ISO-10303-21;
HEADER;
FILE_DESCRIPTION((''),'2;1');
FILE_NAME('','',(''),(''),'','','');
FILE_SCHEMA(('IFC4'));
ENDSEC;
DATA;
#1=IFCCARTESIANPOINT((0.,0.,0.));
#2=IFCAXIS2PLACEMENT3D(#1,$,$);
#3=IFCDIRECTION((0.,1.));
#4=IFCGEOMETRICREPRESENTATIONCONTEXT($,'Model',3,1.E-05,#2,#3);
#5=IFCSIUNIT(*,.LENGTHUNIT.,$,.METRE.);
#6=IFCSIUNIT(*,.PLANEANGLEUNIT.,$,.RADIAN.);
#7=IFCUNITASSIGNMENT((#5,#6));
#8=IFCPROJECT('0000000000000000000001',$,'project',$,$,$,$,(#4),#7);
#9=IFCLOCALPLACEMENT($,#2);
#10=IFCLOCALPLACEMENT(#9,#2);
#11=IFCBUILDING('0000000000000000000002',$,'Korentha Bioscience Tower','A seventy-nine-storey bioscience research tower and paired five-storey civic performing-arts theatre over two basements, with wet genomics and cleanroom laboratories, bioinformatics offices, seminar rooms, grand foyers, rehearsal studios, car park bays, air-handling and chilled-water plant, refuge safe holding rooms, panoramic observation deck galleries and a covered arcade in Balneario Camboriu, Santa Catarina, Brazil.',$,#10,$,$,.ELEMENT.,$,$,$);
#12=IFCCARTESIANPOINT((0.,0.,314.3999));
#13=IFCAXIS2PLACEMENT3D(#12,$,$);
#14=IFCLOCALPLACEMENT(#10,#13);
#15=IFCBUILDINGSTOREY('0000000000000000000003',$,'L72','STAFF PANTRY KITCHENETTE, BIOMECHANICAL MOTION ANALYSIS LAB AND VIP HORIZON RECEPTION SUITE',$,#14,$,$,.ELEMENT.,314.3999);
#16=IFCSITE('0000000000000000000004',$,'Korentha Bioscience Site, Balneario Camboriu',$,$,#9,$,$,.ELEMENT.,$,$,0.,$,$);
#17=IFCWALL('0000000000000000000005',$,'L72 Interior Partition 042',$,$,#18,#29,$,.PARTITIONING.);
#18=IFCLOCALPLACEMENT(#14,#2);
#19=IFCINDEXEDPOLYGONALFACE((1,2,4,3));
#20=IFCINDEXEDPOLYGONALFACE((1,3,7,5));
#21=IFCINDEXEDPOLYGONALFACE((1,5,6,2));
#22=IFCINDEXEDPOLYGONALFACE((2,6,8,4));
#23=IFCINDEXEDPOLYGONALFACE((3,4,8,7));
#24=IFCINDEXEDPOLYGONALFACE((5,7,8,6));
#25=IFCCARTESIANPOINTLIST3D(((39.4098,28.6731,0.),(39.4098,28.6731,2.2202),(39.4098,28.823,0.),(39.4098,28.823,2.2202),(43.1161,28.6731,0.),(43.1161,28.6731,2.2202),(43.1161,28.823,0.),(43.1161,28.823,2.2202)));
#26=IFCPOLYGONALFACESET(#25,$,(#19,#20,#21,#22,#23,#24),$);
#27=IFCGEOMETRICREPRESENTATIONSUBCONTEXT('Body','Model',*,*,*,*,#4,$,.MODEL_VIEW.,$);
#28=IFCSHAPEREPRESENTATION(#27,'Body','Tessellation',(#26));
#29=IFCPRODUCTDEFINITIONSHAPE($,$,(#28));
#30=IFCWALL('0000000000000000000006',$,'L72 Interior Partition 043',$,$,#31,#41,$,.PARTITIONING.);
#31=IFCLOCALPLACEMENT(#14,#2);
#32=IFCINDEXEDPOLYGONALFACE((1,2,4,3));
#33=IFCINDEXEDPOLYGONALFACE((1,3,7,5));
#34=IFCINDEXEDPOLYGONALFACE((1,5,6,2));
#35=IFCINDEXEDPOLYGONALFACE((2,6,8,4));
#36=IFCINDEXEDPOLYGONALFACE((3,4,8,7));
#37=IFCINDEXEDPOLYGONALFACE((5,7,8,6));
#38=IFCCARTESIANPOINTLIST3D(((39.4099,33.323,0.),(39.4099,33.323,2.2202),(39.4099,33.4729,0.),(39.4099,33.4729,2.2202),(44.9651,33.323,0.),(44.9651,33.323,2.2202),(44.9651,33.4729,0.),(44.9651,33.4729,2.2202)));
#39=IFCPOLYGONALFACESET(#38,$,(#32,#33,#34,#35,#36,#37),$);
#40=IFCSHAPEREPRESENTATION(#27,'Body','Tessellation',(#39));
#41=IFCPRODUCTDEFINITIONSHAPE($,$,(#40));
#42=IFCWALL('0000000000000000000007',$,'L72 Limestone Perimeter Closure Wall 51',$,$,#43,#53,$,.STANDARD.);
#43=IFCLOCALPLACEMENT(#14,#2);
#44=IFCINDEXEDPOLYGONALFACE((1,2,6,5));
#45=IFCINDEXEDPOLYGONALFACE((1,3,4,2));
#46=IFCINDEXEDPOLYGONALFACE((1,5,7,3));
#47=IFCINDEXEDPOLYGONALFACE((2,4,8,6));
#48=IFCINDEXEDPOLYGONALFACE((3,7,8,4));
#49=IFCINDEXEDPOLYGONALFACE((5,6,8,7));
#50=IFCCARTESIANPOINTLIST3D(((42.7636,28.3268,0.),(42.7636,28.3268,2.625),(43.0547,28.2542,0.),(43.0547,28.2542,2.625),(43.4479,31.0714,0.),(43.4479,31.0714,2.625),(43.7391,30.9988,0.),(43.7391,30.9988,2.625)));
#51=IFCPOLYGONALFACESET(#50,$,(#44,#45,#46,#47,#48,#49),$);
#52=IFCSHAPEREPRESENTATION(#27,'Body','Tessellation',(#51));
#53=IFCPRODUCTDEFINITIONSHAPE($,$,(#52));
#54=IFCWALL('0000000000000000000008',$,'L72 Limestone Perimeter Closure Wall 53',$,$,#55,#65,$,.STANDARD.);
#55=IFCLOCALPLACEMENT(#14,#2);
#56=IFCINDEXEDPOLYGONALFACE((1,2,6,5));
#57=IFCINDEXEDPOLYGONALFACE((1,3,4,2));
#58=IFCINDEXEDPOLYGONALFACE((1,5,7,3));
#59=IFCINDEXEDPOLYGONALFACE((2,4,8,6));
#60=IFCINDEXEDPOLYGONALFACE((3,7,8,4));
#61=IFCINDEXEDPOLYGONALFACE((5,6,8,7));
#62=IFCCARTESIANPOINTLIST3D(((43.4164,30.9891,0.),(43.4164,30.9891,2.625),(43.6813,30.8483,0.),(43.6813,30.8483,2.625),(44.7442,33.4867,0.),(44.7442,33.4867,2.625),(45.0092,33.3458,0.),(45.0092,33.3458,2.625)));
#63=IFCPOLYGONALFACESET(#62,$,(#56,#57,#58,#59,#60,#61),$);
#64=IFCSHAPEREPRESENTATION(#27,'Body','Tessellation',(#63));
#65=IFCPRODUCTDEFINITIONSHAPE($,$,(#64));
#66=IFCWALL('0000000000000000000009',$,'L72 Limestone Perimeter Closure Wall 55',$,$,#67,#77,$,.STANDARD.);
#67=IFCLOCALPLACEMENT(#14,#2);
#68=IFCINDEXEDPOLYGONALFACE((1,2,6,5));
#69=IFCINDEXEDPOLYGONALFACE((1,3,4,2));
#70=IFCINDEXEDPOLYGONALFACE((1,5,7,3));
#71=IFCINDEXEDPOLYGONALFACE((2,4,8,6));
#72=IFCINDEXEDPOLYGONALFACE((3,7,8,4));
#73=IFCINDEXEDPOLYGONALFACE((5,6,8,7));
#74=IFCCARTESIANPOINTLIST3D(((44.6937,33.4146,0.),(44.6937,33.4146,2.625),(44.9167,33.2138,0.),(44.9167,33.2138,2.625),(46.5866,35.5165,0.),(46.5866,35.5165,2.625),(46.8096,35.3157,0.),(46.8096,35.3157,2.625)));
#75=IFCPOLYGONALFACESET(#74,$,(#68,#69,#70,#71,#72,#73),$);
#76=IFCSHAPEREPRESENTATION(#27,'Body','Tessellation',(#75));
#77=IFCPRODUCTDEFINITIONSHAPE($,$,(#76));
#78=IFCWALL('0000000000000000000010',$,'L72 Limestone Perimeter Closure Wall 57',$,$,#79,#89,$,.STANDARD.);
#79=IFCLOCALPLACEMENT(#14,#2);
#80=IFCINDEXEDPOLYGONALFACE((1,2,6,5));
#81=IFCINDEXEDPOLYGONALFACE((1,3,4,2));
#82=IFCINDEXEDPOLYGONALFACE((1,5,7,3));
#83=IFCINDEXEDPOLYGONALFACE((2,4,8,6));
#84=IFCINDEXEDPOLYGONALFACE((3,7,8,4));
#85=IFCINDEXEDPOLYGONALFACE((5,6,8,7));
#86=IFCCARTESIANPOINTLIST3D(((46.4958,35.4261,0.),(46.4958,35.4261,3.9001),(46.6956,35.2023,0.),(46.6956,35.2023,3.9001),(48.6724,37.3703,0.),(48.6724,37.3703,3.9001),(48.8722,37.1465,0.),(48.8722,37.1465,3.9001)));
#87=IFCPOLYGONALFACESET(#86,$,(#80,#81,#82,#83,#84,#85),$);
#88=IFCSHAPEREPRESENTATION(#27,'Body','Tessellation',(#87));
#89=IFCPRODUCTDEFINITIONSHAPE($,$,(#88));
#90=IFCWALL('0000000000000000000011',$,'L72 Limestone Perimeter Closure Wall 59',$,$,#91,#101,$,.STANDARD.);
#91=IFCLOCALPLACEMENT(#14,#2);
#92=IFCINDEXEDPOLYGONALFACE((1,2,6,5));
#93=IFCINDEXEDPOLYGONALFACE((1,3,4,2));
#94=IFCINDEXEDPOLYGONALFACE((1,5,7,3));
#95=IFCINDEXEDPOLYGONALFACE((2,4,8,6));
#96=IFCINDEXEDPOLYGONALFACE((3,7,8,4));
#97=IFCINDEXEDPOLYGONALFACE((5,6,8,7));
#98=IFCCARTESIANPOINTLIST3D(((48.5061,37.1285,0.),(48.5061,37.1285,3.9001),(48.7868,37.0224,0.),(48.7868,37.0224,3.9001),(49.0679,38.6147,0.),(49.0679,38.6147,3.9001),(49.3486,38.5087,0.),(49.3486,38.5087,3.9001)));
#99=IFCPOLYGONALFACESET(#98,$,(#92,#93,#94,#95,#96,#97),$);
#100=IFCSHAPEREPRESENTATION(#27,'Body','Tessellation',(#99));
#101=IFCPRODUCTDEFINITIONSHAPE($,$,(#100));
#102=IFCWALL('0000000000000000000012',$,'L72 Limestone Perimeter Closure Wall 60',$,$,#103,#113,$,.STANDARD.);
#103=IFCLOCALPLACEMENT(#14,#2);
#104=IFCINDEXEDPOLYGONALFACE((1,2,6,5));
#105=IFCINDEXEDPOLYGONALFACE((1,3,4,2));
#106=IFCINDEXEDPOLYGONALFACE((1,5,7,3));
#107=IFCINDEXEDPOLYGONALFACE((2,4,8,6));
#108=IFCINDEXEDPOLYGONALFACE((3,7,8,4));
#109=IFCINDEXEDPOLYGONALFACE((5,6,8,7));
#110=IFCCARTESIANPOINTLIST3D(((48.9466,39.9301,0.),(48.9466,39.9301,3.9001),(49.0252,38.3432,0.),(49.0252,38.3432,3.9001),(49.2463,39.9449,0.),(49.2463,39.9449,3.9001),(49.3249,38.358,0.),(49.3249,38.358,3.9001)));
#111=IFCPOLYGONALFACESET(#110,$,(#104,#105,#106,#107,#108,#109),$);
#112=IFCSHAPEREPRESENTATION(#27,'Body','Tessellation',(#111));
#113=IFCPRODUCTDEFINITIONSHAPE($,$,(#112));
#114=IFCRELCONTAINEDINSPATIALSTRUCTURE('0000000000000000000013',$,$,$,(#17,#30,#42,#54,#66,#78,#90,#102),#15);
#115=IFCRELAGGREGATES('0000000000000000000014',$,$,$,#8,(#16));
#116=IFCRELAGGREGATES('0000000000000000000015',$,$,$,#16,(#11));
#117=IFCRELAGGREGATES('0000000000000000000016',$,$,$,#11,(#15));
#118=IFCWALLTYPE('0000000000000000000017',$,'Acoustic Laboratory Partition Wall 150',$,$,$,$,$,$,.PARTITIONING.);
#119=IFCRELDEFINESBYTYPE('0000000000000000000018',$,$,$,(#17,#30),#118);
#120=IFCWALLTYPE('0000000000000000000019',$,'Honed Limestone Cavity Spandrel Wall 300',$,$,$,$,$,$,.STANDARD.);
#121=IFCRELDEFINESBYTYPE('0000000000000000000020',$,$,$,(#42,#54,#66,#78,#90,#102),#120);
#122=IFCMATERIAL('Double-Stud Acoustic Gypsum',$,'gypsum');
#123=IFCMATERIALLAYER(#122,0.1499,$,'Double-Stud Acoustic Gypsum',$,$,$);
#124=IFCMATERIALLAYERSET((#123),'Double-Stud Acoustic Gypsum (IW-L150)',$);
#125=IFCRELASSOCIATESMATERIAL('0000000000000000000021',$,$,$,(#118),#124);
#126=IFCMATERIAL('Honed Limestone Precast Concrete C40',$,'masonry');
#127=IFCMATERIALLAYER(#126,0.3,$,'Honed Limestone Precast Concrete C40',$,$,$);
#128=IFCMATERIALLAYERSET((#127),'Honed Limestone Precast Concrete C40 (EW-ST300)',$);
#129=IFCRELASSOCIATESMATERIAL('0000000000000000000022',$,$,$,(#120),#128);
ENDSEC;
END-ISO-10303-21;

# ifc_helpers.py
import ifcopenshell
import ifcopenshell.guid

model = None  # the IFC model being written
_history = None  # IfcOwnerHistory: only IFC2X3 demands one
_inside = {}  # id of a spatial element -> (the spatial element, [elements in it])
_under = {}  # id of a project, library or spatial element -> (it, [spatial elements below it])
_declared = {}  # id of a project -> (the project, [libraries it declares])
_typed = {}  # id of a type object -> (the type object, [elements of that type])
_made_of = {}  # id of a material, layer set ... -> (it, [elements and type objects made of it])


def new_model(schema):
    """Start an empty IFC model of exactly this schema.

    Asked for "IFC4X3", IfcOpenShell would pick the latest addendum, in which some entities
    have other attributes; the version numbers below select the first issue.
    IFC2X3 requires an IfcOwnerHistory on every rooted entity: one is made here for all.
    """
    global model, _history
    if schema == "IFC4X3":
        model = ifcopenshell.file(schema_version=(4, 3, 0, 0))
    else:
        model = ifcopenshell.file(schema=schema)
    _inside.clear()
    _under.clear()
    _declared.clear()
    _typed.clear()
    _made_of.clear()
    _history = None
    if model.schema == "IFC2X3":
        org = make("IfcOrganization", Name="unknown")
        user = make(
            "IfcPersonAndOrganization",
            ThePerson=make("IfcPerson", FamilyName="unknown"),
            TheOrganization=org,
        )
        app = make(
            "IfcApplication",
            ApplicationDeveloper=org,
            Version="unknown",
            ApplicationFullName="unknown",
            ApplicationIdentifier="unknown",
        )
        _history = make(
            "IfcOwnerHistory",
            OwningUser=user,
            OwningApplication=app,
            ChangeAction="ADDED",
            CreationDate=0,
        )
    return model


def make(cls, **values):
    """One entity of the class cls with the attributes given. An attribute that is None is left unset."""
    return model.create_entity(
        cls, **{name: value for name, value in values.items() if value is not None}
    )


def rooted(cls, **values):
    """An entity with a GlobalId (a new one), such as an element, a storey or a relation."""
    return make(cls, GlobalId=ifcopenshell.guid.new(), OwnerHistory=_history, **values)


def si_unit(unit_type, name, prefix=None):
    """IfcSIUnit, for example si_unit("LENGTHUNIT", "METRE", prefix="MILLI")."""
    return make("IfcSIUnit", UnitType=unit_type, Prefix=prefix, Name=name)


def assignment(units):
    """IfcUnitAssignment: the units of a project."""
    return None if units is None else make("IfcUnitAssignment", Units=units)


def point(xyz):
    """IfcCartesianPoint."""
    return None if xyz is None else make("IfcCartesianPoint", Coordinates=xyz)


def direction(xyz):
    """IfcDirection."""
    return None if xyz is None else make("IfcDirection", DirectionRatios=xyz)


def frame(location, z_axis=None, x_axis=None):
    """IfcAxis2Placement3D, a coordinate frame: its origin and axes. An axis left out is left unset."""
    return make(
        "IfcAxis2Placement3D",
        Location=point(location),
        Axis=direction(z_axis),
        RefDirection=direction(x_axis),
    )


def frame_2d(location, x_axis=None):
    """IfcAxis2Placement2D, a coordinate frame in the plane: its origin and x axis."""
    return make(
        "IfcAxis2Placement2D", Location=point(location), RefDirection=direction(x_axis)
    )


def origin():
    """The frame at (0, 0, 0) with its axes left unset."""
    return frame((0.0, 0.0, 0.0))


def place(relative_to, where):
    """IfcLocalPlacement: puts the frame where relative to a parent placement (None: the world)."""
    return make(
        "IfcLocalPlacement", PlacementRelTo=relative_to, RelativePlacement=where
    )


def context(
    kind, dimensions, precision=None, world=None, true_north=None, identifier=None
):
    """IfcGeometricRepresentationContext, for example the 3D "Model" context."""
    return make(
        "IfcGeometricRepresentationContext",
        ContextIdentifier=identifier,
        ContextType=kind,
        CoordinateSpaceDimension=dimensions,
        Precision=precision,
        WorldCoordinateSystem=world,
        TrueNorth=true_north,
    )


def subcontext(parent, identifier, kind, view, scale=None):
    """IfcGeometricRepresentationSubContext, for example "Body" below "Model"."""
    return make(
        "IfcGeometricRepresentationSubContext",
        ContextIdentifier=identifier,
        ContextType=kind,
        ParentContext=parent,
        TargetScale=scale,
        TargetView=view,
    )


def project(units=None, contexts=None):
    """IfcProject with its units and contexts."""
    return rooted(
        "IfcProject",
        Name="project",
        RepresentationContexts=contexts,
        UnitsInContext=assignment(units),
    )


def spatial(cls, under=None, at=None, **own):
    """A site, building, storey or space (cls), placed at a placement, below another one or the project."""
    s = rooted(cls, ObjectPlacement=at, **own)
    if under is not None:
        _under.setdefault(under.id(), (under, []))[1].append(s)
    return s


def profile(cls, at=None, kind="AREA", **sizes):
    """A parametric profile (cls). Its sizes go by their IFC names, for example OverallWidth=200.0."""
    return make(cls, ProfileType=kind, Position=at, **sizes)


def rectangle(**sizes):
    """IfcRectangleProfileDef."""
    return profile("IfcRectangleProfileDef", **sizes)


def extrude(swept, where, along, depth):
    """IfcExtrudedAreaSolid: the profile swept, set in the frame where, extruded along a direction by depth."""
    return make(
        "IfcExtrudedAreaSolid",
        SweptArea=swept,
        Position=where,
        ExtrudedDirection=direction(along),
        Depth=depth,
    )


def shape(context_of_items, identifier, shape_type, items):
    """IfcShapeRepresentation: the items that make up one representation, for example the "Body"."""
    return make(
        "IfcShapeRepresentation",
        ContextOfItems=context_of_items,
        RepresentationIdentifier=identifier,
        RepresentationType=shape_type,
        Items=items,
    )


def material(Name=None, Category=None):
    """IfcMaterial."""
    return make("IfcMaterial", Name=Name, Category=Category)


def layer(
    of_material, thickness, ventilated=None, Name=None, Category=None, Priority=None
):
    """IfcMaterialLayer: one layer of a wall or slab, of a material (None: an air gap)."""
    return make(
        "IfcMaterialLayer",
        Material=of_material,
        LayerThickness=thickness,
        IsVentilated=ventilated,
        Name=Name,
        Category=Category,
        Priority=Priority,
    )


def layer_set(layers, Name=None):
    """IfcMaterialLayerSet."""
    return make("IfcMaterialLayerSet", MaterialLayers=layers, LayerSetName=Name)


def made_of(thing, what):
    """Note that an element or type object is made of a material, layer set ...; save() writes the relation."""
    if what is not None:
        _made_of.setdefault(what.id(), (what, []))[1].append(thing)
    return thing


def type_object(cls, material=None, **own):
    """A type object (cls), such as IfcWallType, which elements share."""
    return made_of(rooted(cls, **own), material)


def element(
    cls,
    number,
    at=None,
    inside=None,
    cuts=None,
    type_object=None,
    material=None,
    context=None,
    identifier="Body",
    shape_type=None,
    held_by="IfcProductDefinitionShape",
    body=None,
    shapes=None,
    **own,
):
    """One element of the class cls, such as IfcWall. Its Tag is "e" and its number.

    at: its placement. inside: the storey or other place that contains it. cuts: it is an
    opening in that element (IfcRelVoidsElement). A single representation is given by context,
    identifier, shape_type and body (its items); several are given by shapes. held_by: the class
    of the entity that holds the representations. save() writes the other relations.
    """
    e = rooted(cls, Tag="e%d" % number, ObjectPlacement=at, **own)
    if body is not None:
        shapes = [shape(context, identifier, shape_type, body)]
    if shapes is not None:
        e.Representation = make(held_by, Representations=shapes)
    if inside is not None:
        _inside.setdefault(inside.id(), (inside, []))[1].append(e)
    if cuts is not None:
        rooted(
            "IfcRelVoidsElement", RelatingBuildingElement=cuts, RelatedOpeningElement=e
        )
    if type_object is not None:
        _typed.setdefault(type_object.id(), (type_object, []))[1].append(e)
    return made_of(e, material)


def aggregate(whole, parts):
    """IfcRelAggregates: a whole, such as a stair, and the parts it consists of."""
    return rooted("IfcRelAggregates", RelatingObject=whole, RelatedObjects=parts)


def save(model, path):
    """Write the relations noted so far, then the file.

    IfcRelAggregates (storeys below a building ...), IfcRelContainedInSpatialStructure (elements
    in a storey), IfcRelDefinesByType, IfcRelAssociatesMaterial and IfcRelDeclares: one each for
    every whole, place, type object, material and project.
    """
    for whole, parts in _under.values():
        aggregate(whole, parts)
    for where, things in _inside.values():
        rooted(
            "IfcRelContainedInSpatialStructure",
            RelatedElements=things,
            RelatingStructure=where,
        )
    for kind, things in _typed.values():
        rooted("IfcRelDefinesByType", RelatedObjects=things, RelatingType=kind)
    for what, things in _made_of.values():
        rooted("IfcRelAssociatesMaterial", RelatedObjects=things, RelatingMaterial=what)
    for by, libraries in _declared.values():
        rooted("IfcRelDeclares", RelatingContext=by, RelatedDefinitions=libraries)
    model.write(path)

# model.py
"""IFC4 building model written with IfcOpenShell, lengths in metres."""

from ifc_helpers import new_model, si_unit, direction, frame, frame_2d, origin, place, context, subcontext, project, spatial, rectangle, extrude, material, layer, layer_set, type_object, element, save


model = new_model("IFC4")

# Units and contexts
model_context = context("Model", 3, precision=1e-05, world=origin(), true_north=direction((0.0, 1.0)))
body_context = subcontext(model_context, "Body", "Model", "MODEL_VIEW")
ifc_project = project(units=[si_unit("LENGTHUNIT", "METRE"), si_unit("PLANEANGLEUNIT", "RADIAN")], contexts=[model_context])

# Site, building, storey
site_placement = place(None, origin())
site = spatial("IfcSite", under=ifc_project, at=site_placement, Name="Korentha Bioscience Site, Balneario Camboriu", CompositionType="ELEMENT", RefElevation=0.0)
building_placement = place(site_placement, origin())
building = spatial("IfcBuilding", under=site, at=building_placement, Name="Korentha Bioscience Tower", Description="A seventy-nine-storey bioscience research tower and paired five-storey civic performing-arts theatre over two basements, with wet genomics and cleanroom laboratories, bioinformatics offices, seminar rooms, grand foyers, rehearsal studios, car park bays, air-handling and chilled-water plant, refuge safe holding rooms, panoramic observation deck galleries and a covered arcade in Balneario Camboriu, Santa Catarina, Brazil.", CompositionType="ELEMENT")
storey_placement = place(building_placement, frame((0.0, 0.0, 314.3999)))
storey = spatial("IfcBuildingStorey", under=building, at=storey_placement, Name="L72", Description="STAFF PANTRY KITCHENETTE, BIOMECHANICAL MOTION ANALYSIS LAB AND VIP HORIZON RECEPTION SUITE", CompositionType="ELEMENT", Elevation=314.3999)

# Shared definitions
ifc_material_1 = material(Name="Double-Stud Acoustic Gypsum", Category="gypsum")
ifc_layer_1 = layer(ifc_material_1, 0.1499, Name="Double-Stud Acoustic Gypsum")
ifc_layer_set_1 = layer_set([ifc_layer_1], Name="Double-Stud Acoustic Gypsum (IW-L150)")
wall_type_1 = type_object("IfcWallType", Name="Acoustic Laboratory Partition Wall 150", PredefinedType="PARTITIONING", material=ifc_layer_set_1)

# Walls
wall_1_placement = place(storey_placement, frame((39.4099, 28.748, 0.0), z_axis=(0.0, 0.0, 1.0), x_axis=(1.0, 0.0, 0.0)))
element("IfcWall", 1, at=wall_1_placement, inside=storey, type_object=wall_type_1, Name="L72 Interior Partition 042", PredefinedType="PARTITIONING", context=body_context, shape_type="SweptSolid", body=[
    extrude(rectangle(XDim=3.7063, YDim=0.1499, at=frame_2d((1.853, 0.0))), origin(), (0.0, 0.0, 1.0), 2.2202),
])
wall_2_placement = place(storey_placement, frame((39.4099, 33.3979, 0.0), z_axis=(0.0, 0.0, 1.0), x_axis=(1.0, 0.0, 0.0)))
element("IfcWall", 2, at=wall_2_placement, inside=storey, type_object=wall_type_1, Name="L72 Interior Partition 043", PredefinedType="PARTITIONING", context=body_context, shape_type="SweptSolid", body=[
    extrude(rectangle(XDim=5.5552, YDim=0.1499, at=frame_2d((2.7776, 0.0))), origin(), (0.0, 0.0, 1.0), 2.2202),
])
ifc_material_2 = material(Name="Honed Limestone Precast Concrete C40", Category="masonry")
ifc_layer_2 = layer(ifc_material_2, 0.3, Name="Honed Limestone Precast Concrete C40")
ifc_layer_set_2 = layer_set([ifc_layer_2], Name="Honed Limestone Precast Concrete C40 (EW-ST300)")
wall_type_2 = type_object("IfcWallType", Name="Honed Limestone Cavity Spandrel Wall 300", PredefinedType="STANDARD", material=ifc_layer_set_2)
for number, where, z_axis, x_axis, name in (
    (3, (42.9092, 28.2905, 0.0), (0.0, 0.0, 1.0), (0.241926, 0.970295, 0.0), "L72 Limestone Perimeter Closure Wall 51"),
    (4, (43.5488, 30.9187, 0.0), (0.0, 0.0, 1.0), (0.469445, 0.882961, 0.0), "L72 Limestone Perimeter Closure Wall 53"),
    (5, (44.8052, 33.3142, 0.0), (0.0, 0.0, 1.0), (0.669198, 0.743084, 0.0), "L72 Limestone Perimeter Closure Wall 55"),
):
    element("IfcWall", number, at=place(storey_placement, frame(where, z_axis=z_axis, x_axis=x_axis)), inside=storey, type_object=wall_type_2, Name=name, PredefinedType="STANDARD", context=body_context, shape_type="SweptSolid", body=[
        extrude(rectangle(XDim=2.8286, YDim=0.3, at=frame_2d((1.4143, 0.0))), origin(), (0.0, 0.0, 1.0), 2.625),
    ])
wall_3_placement = place(storey_placement, frame((46.5957, 35.3142, 0.0), z_axis=(0.0, 0.0, 1.0), x_axis=(0.745806, 0.666164, 0.0)))
element("IfcWall", 6, at=wall_3_placement, inside=storey, type_object=wall_type_2, Name="L72 Limestone Perimeter Closure Wall 57", PredefinedType="STANDARD", context=body_context, shape_type="SweptSolid", body=[
    extrude(rectangle(XDim=2.9185, YDim=0.3, at=frame_2d((1.4592, 0.0))), origin(), (0.0, 0.0, 1.0), 3.9001),
])
for number, where, z_axis, x_axis, name in (
    (7, (48.6465, 37.0754, 0.0), (0.0, 0.0, 1.0), (0.353547, 0.935417, 0.0), "L72 Limestone Perimeter Closure Wall 59"),
    (8, (49.175, 38.3506, 0.0), (0.0, 0.0, 1.0), (-0.049478, 0.998775, 0.0), "L72 Limestone Perimeter Closure Wall 60"),
):
    element("IfcWall", number, at=place(storey_placement, frame(where, z_axis=z_axis, x_axis=x_axis)), inside=storey, type_object=wall_type_2, Name=name, PredefinedType="STANDARD", context=body_context, shape_type="SweptSolid", body=[
        extrude(rectangle(XDim=1.5889, YDim=0.3, at=frame_2d((0.7944, 0.0))), origin(), (0.0, 0.0, 1.0), 3.9001),
    ])

save(model, "model.ifc")
